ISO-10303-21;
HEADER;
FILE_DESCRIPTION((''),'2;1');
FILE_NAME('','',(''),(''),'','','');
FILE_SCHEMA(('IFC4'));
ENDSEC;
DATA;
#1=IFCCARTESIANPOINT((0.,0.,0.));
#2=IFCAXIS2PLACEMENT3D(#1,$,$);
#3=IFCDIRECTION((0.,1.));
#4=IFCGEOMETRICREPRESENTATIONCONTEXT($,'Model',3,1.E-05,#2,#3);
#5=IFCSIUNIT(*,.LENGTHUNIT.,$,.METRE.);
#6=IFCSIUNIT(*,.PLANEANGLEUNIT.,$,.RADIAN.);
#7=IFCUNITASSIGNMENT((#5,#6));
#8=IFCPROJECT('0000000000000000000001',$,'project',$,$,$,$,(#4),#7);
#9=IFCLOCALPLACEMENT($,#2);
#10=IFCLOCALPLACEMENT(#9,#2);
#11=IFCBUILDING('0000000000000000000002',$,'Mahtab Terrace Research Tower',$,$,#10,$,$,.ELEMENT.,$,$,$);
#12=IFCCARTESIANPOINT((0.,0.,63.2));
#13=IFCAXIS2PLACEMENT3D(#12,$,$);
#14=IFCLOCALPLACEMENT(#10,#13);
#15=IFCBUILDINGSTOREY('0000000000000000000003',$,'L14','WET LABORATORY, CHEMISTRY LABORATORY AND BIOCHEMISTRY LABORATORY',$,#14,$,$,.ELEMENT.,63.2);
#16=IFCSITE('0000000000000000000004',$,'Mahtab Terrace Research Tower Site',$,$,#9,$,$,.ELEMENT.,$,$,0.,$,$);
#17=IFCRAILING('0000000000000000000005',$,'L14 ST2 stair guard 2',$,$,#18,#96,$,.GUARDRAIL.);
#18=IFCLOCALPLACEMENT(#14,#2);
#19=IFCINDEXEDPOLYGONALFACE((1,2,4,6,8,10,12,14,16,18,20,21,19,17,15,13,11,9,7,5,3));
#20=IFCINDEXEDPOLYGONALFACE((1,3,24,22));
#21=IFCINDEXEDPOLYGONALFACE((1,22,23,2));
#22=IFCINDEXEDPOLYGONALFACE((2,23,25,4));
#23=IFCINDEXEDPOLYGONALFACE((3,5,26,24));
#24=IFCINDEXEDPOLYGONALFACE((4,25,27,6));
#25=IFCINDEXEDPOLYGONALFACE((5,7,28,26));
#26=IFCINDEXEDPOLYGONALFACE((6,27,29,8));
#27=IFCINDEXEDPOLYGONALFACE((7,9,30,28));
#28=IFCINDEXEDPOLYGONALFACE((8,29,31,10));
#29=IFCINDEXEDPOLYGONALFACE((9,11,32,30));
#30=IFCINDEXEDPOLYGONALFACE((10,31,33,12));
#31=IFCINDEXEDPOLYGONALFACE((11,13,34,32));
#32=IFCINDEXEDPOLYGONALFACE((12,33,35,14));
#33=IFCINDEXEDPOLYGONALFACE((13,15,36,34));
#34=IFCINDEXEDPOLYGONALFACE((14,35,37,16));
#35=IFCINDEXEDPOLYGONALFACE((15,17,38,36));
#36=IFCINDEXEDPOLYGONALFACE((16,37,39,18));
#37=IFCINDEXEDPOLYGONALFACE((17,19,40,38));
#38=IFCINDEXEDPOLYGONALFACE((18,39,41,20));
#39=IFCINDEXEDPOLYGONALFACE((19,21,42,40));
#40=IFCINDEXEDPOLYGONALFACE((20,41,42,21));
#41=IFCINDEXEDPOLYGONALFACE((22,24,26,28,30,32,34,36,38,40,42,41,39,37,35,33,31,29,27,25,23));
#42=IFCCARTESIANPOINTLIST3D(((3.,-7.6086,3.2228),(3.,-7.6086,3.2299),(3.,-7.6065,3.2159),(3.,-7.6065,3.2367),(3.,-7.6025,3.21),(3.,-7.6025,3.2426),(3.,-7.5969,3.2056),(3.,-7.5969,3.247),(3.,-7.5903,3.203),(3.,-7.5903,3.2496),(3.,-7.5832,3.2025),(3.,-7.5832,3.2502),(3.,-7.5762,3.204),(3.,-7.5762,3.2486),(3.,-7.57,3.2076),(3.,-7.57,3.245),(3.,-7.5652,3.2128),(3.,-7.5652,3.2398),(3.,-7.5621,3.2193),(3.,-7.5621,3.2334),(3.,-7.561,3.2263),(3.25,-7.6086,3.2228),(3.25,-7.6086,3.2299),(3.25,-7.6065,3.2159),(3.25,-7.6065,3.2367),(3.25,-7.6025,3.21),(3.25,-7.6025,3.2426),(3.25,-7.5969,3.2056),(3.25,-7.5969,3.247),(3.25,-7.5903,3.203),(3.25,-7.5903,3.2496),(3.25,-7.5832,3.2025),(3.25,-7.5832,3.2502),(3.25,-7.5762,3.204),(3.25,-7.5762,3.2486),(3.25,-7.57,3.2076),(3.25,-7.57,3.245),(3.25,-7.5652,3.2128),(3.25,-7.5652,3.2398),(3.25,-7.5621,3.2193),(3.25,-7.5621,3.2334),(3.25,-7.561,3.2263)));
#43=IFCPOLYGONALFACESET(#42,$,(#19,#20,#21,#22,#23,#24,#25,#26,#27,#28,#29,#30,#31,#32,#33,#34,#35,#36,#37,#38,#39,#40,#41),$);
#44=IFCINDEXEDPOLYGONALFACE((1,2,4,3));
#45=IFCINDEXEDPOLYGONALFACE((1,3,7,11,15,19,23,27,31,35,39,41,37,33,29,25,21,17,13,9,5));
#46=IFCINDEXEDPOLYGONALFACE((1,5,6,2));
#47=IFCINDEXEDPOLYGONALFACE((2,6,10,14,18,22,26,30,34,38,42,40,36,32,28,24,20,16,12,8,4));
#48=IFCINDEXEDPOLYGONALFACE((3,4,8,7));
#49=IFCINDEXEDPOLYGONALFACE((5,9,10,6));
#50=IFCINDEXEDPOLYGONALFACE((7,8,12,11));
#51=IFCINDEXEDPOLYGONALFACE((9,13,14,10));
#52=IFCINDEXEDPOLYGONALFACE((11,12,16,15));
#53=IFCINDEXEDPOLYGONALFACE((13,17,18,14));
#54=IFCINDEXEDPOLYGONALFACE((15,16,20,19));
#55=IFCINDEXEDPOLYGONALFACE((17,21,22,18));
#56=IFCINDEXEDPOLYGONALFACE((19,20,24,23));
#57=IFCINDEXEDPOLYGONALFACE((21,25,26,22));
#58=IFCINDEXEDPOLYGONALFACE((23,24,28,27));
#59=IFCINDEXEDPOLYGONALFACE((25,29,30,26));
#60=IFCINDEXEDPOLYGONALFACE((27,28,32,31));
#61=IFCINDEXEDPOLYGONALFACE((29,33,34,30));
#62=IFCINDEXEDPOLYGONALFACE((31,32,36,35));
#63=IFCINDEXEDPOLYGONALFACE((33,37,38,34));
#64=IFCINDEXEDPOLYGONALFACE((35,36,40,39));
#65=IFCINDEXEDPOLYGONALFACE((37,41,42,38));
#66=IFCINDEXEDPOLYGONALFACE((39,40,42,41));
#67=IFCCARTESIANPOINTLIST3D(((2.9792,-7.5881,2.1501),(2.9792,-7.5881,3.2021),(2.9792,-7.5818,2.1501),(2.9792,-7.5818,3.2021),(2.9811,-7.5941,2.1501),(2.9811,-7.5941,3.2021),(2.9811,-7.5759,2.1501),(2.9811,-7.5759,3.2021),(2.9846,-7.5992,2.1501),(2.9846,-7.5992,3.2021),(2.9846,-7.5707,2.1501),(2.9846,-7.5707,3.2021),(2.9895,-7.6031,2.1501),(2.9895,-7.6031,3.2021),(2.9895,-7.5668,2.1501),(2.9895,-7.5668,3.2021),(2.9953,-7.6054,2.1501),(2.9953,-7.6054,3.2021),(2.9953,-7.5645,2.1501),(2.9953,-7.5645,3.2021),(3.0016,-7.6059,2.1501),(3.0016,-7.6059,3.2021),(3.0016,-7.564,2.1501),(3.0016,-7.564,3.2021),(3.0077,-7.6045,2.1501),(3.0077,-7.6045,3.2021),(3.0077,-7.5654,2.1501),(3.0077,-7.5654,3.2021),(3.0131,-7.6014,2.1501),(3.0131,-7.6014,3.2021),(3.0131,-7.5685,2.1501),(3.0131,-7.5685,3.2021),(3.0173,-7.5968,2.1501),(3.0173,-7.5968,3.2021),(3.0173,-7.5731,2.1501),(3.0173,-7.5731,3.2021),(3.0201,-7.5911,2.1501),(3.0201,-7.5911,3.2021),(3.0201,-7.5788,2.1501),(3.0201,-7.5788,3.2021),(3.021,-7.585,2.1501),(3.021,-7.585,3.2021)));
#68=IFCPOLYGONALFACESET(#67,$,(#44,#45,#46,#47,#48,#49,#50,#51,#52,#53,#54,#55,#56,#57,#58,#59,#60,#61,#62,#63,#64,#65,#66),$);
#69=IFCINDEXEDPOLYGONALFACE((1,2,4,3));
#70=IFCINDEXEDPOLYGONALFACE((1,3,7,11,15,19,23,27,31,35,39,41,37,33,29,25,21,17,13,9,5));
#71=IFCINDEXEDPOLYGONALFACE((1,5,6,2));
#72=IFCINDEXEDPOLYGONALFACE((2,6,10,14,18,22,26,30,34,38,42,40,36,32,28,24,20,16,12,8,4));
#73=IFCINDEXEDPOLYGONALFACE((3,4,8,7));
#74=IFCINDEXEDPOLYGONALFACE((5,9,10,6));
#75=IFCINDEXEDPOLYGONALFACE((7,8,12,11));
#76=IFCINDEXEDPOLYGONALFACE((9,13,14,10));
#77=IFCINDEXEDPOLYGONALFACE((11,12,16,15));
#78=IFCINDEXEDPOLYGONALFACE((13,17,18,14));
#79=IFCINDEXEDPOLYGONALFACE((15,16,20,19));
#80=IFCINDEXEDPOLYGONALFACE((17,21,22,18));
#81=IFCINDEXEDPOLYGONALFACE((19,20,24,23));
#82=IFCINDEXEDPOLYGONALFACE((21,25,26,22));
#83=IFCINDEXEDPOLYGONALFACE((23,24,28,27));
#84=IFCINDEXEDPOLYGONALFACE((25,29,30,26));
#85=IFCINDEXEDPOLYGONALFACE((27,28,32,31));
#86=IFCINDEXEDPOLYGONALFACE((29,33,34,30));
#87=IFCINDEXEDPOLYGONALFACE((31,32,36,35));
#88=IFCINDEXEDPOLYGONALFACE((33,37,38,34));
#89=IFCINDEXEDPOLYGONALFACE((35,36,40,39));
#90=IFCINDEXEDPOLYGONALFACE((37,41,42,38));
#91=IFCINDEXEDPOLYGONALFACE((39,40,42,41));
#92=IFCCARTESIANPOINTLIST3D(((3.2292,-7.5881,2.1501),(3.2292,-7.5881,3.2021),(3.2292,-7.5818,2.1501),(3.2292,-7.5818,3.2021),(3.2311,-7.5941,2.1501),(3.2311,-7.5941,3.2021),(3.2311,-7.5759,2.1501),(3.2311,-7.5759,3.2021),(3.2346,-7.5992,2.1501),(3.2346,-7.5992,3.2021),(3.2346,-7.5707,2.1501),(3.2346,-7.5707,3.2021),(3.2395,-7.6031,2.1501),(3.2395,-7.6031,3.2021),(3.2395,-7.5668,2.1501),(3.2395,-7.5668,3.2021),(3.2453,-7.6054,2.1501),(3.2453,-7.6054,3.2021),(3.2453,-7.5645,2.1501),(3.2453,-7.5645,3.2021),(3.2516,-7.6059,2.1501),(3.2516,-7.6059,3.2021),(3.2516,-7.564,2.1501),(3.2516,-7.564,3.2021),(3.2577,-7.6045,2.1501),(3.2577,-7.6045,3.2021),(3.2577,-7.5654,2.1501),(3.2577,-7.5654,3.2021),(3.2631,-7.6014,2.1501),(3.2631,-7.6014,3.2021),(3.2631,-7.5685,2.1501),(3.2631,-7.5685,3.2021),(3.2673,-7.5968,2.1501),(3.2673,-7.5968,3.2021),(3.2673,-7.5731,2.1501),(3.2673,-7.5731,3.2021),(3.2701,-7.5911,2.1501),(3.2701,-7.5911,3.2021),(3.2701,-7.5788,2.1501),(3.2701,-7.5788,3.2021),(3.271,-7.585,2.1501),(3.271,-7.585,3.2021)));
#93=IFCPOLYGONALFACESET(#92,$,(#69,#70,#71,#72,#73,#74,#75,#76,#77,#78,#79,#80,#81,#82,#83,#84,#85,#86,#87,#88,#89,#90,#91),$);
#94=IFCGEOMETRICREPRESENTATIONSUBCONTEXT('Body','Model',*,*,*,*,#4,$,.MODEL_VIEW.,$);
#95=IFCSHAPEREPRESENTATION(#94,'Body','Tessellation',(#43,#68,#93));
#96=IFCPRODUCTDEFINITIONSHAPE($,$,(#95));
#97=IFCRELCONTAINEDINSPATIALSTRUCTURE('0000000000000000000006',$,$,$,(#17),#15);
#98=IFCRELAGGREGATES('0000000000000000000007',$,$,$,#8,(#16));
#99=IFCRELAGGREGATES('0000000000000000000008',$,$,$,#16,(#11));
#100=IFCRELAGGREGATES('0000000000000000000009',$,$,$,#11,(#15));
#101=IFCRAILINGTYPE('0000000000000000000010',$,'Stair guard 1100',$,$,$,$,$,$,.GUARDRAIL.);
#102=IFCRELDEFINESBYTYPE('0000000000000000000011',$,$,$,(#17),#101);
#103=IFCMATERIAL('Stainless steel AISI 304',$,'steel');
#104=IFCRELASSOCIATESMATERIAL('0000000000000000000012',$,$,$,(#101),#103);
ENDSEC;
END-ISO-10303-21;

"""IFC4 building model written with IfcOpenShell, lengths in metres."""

from ifc_helpers import new_model, si_unit, direction, frame, origin, origin_2d, place, context, subcontext, project, spatial, circle, extrude, material, type_object, element, save


model = new_model("IFC4")

# Units and contexts
model_context = context("Model", 3, precision=1e-05, world=origin(), true_north=direction((0.0, 1.0)))
body_context = subcontext(model_context, "Body", "Model", "MODEL_VIEW")
ifc_project = project(units=[si_unit("LENGTHUNIT", "METRE"), si_unit("PLANEANGLEUNIT", "RADIAN")], contexts=[model_context])

# Site, building, storey
site_placement = place(None, origin())
site = spatial("IfcSite", under=ifc_project, at=site_placement, Name="Mahtab Terrace Research Tower Site", CompositionType="ELEMENT", RefElevation=0.0)
building_placement = place(site_placement, origin())
building = spatial("IfcBuilding", under=site, at=building_placement, Name="Mahtab Terrace Research Tower", CompositionType="ELEMENT")
storey_placement = place(building_placement, frame((0.0, 0.0, 63.2)))
storey = spatial("IfcBuildingStorey", under=building, at=storey_placement, Name="L14", Description="WET LABORATORY, CHEMISTRY LABORATORY AND BIOCHEMISTRY LABORATORY", CompositionType="ELEMENT", Elevation=63.2)

# Railing
ifc_material_1 = material(Name="Stainless steel AISI 304", Category="steel")
railing_type_1 = type_object("IfcRailingType", Name="Stair guard 1100", PredefinedType="GUARDRAIL", material=ifc_material_1)
railing_1_placement = place(storey_placement, frame((3.0, -7.585, 2.1501)))
element("IfcRailing", 1, at=railing_1_placement, inside=storey, type_object=railing_type_1, Name="L14 ST2 stair guard 2", PredefinedType="GUARDRAIL", context=body_context, shape_type="SweptSolid", body=[
    extrude(circle(Radius=0.0239, at=origin_2d()), frame((0.0, 0.0, 1.0762), z_axis=(1.0, 0.0, 0.0), x_axis=(0.0, 1.0, 0.0)), (0.0, 0.0, 1.0), 0.25),
    extrude(circle(Radius=0.021, at=origin_2d()), origin(), (0.0, 0.0, 1.0), 1.052),
    extrude(circle(Radius=0.021, at=origin_2d()), frame((0.25, 0.0, 0.0)), (0.0, 0.0, 1.0), 1.052),
])

save(model, "model.ifc")
